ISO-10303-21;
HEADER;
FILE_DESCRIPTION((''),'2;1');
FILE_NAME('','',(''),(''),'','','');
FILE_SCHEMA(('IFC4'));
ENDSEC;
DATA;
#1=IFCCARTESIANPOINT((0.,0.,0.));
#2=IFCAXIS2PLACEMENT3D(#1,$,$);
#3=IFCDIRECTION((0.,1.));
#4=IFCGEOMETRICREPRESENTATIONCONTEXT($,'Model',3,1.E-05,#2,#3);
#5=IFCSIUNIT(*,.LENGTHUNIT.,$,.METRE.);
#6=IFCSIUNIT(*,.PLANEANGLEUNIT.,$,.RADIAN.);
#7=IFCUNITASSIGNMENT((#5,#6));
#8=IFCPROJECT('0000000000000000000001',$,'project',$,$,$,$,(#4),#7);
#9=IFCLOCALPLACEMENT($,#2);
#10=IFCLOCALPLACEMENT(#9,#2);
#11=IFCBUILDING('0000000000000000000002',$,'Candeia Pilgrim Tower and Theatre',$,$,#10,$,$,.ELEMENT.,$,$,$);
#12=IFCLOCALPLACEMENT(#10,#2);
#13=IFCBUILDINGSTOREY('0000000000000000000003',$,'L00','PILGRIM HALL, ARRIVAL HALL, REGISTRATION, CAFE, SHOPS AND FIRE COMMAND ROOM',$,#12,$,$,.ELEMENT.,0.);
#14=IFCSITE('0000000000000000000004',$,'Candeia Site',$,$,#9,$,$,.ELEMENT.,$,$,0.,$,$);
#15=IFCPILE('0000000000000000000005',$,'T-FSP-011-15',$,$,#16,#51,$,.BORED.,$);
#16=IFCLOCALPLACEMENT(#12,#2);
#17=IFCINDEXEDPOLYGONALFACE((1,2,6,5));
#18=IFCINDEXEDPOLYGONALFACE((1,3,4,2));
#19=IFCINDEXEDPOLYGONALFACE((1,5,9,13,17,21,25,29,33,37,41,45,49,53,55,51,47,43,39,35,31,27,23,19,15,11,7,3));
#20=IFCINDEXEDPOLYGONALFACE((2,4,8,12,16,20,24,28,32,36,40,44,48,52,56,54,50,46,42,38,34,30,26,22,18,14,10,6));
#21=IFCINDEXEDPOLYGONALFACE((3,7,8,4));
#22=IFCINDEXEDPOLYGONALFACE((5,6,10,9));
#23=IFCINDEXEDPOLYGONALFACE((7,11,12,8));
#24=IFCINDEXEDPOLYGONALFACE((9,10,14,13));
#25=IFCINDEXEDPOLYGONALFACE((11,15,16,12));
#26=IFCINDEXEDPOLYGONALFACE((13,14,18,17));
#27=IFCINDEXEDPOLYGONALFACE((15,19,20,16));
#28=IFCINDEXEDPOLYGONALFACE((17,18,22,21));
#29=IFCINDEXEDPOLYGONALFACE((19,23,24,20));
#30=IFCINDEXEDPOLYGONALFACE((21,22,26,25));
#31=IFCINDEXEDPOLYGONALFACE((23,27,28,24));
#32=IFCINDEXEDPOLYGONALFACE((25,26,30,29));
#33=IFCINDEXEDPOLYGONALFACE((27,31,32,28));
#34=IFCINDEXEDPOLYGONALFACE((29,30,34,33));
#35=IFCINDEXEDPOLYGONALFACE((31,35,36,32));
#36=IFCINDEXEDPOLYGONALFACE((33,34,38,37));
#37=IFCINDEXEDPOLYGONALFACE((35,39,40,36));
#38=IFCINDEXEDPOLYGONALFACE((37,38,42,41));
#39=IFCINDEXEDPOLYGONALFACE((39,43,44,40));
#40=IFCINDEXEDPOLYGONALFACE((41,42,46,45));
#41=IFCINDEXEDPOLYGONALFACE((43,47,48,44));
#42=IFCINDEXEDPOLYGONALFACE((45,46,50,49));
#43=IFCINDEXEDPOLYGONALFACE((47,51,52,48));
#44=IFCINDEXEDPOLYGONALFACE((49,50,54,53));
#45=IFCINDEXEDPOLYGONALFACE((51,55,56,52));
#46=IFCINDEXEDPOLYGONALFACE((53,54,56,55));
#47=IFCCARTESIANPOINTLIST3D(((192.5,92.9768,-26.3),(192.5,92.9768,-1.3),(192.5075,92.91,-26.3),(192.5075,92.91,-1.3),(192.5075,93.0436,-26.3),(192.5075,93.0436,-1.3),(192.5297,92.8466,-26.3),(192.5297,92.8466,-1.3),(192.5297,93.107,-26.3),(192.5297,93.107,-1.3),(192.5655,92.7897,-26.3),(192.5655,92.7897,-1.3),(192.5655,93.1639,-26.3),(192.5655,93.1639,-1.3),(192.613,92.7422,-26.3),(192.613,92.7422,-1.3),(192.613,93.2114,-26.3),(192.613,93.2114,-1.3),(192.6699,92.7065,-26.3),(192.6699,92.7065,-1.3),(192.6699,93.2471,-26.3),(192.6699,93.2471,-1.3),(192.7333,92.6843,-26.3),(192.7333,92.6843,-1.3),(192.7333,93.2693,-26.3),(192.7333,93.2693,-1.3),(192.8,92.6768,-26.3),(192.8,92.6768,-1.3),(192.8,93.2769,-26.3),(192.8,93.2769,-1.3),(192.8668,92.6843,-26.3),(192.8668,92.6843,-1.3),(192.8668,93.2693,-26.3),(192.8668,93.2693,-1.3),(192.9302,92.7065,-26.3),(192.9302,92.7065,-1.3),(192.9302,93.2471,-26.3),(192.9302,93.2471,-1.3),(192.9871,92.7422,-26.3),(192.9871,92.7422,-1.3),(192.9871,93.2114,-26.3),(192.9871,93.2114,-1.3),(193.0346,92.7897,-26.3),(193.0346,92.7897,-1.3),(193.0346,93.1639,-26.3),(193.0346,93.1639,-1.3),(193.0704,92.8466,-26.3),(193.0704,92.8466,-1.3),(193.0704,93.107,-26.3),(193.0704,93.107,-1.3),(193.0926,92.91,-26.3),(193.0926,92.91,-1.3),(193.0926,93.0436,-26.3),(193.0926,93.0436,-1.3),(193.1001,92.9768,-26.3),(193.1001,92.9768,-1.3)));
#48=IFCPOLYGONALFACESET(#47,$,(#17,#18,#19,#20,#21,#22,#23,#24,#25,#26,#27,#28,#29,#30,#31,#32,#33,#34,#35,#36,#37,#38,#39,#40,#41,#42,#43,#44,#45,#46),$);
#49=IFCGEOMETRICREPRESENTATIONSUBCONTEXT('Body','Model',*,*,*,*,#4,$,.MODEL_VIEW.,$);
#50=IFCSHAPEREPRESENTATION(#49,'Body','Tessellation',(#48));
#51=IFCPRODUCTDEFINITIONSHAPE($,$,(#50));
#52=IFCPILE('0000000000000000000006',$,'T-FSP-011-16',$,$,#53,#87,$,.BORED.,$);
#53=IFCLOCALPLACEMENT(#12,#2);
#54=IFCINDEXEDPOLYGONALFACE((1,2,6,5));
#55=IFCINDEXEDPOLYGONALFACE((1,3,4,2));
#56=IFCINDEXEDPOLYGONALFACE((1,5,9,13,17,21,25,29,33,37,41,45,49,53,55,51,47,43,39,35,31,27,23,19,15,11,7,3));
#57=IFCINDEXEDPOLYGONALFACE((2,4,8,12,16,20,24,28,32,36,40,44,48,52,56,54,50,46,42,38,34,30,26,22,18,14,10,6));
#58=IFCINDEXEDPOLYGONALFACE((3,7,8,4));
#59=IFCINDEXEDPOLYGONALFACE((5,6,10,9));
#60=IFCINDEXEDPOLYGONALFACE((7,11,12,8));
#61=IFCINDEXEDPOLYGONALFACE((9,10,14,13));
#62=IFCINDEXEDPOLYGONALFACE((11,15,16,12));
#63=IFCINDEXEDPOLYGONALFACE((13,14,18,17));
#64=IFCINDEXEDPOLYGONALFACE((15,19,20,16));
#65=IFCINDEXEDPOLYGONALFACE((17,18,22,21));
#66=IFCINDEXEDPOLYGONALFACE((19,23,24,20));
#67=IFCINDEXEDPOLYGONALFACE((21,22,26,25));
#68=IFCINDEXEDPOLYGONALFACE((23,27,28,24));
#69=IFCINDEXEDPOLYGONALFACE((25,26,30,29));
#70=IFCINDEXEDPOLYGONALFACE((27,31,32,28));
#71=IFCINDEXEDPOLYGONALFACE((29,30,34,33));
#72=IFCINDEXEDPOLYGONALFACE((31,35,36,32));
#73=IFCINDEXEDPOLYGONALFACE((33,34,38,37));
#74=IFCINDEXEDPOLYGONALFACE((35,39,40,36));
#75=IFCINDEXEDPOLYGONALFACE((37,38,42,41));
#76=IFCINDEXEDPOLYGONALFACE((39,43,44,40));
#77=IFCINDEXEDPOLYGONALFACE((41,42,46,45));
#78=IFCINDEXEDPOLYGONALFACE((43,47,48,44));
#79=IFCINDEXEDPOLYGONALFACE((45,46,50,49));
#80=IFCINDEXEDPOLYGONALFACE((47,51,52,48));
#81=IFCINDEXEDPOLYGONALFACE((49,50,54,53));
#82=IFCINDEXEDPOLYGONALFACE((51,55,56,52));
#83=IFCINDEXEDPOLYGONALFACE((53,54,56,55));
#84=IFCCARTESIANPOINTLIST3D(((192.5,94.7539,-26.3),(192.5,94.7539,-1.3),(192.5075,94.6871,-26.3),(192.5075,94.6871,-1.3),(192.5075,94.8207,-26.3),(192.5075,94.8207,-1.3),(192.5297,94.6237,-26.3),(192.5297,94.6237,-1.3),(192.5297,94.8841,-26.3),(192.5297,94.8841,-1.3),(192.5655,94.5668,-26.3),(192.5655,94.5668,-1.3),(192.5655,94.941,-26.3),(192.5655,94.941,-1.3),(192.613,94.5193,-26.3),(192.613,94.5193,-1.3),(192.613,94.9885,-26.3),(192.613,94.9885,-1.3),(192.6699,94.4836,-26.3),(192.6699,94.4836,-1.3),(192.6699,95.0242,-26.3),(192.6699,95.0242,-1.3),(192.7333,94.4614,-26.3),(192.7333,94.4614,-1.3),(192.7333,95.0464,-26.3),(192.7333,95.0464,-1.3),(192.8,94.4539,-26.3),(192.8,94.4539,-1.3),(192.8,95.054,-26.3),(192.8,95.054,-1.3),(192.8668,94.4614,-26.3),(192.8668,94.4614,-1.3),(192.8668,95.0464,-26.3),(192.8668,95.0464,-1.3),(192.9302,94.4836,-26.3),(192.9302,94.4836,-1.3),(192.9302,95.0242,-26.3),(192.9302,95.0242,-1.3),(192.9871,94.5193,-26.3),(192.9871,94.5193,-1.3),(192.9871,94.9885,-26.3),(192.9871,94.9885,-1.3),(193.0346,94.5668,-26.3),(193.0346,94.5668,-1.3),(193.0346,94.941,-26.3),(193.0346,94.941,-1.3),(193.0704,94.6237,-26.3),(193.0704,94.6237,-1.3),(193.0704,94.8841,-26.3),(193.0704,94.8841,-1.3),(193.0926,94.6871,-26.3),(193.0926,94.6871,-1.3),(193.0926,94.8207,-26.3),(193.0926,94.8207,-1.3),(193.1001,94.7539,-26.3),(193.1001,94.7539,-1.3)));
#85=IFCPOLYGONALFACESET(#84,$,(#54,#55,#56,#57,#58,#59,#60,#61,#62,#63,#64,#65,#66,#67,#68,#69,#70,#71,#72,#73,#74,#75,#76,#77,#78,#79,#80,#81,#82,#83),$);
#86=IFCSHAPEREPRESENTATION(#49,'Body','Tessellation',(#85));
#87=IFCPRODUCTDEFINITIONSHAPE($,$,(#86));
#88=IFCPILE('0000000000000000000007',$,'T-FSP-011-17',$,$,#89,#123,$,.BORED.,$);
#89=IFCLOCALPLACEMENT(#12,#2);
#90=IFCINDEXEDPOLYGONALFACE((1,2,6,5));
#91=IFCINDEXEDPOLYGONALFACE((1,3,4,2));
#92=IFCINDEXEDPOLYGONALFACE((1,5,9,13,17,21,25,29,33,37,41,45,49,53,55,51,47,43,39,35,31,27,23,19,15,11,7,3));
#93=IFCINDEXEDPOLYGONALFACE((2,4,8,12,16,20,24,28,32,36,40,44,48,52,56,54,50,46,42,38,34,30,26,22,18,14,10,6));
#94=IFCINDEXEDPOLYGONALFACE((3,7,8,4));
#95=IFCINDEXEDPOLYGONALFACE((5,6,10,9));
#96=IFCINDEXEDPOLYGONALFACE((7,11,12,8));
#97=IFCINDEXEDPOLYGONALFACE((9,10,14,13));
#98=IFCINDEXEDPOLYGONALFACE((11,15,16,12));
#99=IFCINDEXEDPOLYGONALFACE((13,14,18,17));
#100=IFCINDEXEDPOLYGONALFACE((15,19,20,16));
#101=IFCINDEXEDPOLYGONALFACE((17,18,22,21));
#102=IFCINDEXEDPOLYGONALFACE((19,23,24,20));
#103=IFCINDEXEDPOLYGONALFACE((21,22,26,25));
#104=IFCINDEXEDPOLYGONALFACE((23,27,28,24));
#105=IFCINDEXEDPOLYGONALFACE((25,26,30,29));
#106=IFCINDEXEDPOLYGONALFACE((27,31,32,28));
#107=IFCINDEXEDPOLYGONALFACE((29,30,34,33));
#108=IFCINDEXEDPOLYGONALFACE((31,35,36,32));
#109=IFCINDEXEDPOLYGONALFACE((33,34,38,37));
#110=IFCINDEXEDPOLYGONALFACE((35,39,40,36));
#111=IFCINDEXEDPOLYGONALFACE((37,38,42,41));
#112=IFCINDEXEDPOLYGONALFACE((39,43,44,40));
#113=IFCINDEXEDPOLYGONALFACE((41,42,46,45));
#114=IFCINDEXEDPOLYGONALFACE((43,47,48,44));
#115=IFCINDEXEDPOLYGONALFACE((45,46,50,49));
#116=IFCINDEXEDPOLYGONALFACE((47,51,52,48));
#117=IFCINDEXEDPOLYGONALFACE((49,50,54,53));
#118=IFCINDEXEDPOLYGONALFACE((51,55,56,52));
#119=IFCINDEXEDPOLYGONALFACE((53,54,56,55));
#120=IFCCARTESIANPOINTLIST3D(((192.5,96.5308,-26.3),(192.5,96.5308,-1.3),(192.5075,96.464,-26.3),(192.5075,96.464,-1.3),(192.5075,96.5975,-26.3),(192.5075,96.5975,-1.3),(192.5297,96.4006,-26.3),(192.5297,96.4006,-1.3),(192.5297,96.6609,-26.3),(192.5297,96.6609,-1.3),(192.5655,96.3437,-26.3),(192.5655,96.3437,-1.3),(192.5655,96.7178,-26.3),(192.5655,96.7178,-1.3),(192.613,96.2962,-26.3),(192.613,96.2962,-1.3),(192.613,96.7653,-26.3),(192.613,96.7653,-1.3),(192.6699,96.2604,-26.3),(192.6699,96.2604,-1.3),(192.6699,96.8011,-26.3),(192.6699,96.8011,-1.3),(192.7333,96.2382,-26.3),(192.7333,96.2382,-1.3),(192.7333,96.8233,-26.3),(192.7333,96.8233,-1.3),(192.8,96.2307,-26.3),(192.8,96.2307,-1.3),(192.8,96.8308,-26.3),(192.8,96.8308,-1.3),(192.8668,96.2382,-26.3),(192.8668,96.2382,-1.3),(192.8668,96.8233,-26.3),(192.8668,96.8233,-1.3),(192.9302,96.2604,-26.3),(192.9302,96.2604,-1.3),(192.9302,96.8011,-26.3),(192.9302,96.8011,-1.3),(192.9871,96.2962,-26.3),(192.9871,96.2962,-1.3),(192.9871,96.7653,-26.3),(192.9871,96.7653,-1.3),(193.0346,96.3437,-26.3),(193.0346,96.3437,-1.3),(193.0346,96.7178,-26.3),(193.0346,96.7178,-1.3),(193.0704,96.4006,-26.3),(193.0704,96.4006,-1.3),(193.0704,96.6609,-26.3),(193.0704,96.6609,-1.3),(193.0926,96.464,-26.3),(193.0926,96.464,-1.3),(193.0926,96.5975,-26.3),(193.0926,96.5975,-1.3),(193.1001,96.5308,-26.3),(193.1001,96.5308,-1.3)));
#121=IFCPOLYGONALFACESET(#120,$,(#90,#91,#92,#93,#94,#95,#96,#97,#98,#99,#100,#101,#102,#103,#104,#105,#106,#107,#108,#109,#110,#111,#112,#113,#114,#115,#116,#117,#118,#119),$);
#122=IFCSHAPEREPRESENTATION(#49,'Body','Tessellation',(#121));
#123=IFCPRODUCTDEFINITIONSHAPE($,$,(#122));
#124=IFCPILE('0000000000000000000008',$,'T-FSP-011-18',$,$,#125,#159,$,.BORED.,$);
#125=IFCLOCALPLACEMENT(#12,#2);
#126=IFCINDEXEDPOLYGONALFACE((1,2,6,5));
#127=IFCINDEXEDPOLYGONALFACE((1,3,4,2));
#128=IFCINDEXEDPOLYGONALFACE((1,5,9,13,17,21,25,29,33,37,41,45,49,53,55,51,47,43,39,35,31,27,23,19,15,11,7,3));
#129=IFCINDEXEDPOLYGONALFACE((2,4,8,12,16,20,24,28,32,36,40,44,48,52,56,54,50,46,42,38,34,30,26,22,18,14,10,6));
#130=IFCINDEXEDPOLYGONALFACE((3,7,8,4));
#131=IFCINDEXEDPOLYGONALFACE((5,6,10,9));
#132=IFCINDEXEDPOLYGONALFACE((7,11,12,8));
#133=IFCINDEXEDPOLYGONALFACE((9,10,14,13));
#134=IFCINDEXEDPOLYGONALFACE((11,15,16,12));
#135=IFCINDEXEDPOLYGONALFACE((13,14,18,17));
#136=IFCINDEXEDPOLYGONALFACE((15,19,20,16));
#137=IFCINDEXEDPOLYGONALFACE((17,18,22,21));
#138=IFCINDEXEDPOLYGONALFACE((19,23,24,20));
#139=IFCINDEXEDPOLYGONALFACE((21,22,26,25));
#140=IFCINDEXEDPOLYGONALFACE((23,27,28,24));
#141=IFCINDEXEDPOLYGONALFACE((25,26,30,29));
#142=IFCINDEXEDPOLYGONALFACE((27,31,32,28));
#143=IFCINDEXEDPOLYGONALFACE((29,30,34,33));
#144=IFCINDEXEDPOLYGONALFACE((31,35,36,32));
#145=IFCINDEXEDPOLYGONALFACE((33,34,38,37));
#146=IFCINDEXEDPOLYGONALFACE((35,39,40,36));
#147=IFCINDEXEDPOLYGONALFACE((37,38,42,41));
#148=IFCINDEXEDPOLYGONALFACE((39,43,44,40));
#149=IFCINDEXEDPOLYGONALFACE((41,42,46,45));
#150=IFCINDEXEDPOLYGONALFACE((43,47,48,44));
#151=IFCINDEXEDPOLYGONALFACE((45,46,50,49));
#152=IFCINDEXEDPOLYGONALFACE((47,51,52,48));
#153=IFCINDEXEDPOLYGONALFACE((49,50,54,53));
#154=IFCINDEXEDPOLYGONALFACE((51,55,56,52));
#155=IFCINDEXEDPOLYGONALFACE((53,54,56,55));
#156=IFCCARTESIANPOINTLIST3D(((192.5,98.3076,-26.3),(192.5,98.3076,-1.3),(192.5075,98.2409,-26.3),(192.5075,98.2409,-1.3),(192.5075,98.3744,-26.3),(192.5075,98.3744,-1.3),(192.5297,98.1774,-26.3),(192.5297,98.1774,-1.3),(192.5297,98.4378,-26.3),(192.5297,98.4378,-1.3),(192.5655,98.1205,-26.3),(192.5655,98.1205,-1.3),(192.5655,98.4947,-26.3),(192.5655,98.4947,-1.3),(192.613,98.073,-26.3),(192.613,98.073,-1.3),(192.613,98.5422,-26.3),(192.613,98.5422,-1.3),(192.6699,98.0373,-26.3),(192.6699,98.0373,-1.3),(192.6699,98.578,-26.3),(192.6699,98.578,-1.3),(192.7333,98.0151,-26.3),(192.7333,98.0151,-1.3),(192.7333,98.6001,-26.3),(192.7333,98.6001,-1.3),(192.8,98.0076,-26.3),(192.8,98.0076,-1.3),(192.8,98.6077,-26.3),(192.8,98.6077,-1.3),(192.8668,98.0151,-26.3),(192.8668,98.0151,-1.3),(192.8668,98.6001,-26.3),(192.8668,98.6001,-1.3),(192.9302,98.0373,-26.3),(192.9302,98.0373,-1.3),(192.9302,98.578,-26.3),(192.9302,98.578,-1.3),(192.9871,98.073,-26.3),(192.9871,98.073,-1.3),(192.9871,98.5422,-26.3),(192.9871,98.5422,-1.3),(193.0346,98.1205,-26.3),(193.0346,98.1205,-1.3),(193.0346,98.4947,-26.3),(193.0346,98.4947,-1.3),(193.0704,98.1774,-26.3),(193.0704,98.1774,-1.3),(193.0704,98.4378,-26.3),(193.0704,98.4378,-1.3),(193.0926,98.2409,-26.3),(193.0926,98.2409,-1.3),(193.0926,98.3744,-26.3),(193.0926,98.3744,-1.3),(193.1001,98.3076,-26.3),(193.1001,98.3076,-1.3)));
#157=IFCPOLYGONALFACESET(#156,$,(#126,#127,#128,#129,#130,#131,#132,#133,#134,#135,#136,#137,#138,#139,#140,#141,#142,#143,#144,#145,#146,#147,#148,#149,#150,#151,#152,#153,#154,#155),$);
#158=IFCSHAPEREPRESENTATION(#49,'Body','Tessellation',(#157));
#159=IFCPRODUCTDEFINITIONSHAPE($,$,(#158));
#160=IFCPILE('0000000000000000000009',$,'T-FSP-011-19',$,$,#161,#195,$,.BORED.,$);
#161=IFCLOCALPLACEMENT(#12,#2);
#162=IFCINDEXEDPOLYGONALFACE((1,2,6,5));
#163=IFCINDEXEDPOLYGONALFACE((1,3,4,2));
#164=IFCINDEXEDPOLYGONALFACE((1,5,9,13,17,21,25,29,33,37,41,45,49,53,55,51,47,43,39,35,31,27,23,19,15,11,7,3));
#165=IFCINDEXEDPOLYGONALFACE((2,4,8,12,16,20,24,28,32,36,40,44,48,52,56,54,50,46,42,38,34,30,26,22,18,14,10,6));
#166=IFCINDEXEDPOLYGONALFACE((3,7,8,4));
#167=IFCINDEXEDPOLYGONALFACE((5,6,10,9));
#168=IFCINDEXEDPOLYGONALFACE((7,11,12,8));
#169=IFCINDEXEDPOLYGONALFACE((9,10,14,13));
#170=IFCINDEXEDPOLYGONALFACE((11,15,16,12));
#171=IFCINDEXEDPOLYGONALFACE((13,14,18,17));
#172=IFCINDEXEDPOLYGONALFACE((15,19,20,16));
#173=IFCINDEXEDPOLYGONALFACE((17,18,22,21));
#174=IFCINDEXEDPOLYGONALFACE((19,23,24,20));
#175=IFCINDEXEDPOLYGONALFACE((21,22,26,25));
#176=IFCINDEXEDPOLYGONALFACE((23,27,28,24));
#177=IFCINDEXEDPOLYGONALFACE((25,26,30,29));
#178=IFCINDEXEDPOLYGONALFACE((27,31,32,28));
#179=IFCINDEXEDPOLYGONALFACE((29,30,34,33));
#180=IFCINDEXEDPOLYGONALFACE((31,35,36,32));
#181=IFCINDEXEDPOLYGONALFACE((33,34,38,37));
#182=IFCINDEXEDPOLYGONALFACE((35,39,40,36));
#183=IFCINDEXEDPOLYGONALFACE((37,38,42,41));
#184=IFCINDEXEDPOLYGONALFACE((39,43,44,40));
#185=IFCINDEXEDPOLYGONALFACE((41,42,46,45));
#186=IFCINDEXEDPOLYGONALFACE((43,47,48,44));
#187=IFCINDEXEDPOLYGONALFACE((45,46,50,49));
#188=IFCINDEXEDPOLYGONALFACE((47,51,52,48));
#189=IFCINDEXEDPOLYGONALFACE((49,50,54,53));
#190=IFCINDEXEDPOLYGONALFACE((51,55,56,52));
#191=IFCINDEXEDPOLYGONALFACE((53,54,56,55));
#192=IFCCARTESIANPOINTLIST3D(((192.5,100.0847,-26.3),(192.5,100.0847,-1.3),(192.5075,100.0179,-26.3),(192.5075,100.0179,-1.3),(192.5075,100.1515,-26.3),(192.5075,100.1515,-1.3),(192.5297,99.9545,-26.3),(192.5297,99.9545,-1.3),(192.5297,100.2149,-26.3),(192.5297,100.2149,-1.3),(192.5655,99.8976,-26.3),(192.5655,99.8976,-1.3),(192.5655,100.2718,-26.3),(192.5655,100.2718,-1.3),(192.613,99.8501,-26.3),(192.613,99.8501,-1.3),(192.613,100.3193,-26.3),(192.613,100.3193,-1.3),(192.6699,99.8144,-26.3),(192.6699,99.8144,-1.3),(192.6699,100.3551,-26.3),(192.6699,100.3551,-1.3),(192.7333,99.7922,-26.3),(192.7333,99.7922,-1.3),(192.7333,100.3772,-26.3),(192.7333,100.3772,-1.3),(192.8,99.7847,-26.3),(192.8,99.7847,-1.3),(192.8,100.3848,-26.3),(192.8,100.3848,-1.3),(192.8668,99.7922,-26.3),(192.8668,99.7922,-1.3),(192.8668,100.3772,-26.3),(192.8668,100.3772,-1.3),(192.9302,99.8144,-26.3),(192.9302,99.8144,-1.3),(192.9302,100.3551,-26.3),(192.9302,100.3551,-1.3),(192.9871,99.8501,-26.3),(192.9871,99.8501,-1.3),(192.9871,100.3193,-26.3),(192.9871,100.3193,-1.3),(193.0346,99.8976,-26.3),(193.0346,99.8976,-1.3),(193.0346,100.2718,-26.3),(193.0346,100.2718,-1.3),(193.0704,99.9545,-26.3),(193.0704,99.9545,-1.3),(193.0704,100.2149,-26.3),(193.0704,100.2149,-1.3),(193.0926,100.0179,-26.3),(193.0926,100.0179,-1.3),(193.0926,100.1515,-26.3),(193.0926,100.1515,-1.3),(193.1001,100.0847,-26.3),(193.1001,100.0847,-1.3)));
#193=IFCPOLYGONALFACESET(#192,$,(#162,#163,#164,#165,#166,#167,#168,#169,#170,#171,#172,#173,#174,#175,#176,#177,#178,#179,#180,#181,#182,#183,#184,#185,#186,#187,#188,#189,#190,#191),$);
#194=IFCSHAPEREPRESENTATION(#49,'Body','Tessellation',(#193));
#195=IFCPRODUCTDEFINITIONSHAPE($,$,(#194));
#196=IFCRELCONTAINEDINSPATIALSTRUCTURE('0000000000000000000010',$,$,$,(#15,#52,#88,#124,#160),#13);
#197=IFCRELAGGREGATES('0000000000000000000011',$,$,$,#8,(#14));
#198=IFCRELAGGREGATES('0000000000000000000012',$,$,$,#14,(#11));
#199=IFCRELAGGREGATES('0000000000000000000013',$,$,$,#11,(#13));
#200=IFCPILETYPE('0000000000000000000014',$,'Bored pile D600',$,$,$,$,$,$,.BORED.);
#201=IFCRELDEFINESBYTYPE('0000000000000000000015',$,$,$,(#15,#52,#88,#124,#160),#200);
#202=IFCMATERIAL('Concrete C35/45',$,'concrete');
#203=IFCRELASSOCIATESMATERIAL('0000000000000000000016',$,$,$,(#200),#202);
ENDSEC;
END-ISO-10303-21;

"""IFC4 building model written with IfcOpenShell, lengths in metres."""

from ifc_helpers import new_model, si_unit, direction, frame, origin, origin_2d, place, context, subcontext, project, spatial, circle, extrude, material, type_object, element, save


model = new_model("IFC4")

# Units and contexts
model_context = context("Model", 3, precision=1e-05, world=origin(), true_north=direction((0.0, 1.0)))
body_context = subcontext(model_context, "Body", "Model", "MODEL_VIEW")
ifc_project = project(units=[si_unit("LENGTHUNIT", "METRE"), si_unit("PLANEANGLEUNIT", "RADIAN")], contexts=[model_context])

# Site, building, storey
site_placement = place(None, origin())
site = spatial("IfcSite", under=ifc_project, at=site_placement, Name="Candeia Site", CompositionType="ELEMENT", RefElevation=0.0)
building_placement = place(site_placement, origin())
building = spatial("IfcBuilding", under=site, at=building_placement, Name="Candeia Pilgrim Tower and Theatre", CompositionType="ELEMENT")
storey_placement = place(building_placement, origin())
storey = spatial("IfcBuildingStorey", under=building, at=storey_placement, Name="L00", Description="PILGRIM HALL, ARRIVAL HALL, REGISTRATION, CAFE, SHOPS AND FIRE COMMAND ROOM", CompositionType="ELEMENT", Elevation=0.0)

# Piles
ifc_material_1 = material(Name="Concrete C35/45", Category="concrete")
pile_type = type_object("IfcPileType", Name="Bored pile D600", PredefinedType="BORED", material=ifc_material_1)
for number, where, z_axis, x_axis, name in (
    (1, (192.8, 92.9768, -1.3), (0.0, 0.0, -1.0), (1.0, 0.0, 0.0), "T-FSP-011-15"),
    (2, (192.8, 94.7539, -1.3), (0.0, 0.0, -1.0), (1.0, 0.0, 0.0), "T-FSP-011-16"),
    (3, (192.8, 96.5308, -1.3), (0.0, 0.0, -1.0), (1.0, 0.0, 0.0), "T-FSP-011-17"),
    (4, (192.8, 98.3076, -1.3), (0.0, 0.0, -1.0), (1.0, 0.0, 0.0), "T-FSP-011-18"),
    (5, (192.8, 100.0847, -1.3), (0.0, 0.0, -1.0), (1.0, 0.0, 0.0), "T-FSP-011-19"),
):
    element("IfcPile", number, at=place(storey_placement, frame(where, z_axis=z_axis, x_axis=x_axis)), inside=storey, type_object=pile_type, Name=name, PredefinedType="BORED", context=body_context, shape_type="SweptSolid", body=[
        extrude(circle(Radius=0.3, at=origin_2d()), origin(), (0.0, 0.0, 1.0), 25.0),
    ])

save(model, "model.ifc")
